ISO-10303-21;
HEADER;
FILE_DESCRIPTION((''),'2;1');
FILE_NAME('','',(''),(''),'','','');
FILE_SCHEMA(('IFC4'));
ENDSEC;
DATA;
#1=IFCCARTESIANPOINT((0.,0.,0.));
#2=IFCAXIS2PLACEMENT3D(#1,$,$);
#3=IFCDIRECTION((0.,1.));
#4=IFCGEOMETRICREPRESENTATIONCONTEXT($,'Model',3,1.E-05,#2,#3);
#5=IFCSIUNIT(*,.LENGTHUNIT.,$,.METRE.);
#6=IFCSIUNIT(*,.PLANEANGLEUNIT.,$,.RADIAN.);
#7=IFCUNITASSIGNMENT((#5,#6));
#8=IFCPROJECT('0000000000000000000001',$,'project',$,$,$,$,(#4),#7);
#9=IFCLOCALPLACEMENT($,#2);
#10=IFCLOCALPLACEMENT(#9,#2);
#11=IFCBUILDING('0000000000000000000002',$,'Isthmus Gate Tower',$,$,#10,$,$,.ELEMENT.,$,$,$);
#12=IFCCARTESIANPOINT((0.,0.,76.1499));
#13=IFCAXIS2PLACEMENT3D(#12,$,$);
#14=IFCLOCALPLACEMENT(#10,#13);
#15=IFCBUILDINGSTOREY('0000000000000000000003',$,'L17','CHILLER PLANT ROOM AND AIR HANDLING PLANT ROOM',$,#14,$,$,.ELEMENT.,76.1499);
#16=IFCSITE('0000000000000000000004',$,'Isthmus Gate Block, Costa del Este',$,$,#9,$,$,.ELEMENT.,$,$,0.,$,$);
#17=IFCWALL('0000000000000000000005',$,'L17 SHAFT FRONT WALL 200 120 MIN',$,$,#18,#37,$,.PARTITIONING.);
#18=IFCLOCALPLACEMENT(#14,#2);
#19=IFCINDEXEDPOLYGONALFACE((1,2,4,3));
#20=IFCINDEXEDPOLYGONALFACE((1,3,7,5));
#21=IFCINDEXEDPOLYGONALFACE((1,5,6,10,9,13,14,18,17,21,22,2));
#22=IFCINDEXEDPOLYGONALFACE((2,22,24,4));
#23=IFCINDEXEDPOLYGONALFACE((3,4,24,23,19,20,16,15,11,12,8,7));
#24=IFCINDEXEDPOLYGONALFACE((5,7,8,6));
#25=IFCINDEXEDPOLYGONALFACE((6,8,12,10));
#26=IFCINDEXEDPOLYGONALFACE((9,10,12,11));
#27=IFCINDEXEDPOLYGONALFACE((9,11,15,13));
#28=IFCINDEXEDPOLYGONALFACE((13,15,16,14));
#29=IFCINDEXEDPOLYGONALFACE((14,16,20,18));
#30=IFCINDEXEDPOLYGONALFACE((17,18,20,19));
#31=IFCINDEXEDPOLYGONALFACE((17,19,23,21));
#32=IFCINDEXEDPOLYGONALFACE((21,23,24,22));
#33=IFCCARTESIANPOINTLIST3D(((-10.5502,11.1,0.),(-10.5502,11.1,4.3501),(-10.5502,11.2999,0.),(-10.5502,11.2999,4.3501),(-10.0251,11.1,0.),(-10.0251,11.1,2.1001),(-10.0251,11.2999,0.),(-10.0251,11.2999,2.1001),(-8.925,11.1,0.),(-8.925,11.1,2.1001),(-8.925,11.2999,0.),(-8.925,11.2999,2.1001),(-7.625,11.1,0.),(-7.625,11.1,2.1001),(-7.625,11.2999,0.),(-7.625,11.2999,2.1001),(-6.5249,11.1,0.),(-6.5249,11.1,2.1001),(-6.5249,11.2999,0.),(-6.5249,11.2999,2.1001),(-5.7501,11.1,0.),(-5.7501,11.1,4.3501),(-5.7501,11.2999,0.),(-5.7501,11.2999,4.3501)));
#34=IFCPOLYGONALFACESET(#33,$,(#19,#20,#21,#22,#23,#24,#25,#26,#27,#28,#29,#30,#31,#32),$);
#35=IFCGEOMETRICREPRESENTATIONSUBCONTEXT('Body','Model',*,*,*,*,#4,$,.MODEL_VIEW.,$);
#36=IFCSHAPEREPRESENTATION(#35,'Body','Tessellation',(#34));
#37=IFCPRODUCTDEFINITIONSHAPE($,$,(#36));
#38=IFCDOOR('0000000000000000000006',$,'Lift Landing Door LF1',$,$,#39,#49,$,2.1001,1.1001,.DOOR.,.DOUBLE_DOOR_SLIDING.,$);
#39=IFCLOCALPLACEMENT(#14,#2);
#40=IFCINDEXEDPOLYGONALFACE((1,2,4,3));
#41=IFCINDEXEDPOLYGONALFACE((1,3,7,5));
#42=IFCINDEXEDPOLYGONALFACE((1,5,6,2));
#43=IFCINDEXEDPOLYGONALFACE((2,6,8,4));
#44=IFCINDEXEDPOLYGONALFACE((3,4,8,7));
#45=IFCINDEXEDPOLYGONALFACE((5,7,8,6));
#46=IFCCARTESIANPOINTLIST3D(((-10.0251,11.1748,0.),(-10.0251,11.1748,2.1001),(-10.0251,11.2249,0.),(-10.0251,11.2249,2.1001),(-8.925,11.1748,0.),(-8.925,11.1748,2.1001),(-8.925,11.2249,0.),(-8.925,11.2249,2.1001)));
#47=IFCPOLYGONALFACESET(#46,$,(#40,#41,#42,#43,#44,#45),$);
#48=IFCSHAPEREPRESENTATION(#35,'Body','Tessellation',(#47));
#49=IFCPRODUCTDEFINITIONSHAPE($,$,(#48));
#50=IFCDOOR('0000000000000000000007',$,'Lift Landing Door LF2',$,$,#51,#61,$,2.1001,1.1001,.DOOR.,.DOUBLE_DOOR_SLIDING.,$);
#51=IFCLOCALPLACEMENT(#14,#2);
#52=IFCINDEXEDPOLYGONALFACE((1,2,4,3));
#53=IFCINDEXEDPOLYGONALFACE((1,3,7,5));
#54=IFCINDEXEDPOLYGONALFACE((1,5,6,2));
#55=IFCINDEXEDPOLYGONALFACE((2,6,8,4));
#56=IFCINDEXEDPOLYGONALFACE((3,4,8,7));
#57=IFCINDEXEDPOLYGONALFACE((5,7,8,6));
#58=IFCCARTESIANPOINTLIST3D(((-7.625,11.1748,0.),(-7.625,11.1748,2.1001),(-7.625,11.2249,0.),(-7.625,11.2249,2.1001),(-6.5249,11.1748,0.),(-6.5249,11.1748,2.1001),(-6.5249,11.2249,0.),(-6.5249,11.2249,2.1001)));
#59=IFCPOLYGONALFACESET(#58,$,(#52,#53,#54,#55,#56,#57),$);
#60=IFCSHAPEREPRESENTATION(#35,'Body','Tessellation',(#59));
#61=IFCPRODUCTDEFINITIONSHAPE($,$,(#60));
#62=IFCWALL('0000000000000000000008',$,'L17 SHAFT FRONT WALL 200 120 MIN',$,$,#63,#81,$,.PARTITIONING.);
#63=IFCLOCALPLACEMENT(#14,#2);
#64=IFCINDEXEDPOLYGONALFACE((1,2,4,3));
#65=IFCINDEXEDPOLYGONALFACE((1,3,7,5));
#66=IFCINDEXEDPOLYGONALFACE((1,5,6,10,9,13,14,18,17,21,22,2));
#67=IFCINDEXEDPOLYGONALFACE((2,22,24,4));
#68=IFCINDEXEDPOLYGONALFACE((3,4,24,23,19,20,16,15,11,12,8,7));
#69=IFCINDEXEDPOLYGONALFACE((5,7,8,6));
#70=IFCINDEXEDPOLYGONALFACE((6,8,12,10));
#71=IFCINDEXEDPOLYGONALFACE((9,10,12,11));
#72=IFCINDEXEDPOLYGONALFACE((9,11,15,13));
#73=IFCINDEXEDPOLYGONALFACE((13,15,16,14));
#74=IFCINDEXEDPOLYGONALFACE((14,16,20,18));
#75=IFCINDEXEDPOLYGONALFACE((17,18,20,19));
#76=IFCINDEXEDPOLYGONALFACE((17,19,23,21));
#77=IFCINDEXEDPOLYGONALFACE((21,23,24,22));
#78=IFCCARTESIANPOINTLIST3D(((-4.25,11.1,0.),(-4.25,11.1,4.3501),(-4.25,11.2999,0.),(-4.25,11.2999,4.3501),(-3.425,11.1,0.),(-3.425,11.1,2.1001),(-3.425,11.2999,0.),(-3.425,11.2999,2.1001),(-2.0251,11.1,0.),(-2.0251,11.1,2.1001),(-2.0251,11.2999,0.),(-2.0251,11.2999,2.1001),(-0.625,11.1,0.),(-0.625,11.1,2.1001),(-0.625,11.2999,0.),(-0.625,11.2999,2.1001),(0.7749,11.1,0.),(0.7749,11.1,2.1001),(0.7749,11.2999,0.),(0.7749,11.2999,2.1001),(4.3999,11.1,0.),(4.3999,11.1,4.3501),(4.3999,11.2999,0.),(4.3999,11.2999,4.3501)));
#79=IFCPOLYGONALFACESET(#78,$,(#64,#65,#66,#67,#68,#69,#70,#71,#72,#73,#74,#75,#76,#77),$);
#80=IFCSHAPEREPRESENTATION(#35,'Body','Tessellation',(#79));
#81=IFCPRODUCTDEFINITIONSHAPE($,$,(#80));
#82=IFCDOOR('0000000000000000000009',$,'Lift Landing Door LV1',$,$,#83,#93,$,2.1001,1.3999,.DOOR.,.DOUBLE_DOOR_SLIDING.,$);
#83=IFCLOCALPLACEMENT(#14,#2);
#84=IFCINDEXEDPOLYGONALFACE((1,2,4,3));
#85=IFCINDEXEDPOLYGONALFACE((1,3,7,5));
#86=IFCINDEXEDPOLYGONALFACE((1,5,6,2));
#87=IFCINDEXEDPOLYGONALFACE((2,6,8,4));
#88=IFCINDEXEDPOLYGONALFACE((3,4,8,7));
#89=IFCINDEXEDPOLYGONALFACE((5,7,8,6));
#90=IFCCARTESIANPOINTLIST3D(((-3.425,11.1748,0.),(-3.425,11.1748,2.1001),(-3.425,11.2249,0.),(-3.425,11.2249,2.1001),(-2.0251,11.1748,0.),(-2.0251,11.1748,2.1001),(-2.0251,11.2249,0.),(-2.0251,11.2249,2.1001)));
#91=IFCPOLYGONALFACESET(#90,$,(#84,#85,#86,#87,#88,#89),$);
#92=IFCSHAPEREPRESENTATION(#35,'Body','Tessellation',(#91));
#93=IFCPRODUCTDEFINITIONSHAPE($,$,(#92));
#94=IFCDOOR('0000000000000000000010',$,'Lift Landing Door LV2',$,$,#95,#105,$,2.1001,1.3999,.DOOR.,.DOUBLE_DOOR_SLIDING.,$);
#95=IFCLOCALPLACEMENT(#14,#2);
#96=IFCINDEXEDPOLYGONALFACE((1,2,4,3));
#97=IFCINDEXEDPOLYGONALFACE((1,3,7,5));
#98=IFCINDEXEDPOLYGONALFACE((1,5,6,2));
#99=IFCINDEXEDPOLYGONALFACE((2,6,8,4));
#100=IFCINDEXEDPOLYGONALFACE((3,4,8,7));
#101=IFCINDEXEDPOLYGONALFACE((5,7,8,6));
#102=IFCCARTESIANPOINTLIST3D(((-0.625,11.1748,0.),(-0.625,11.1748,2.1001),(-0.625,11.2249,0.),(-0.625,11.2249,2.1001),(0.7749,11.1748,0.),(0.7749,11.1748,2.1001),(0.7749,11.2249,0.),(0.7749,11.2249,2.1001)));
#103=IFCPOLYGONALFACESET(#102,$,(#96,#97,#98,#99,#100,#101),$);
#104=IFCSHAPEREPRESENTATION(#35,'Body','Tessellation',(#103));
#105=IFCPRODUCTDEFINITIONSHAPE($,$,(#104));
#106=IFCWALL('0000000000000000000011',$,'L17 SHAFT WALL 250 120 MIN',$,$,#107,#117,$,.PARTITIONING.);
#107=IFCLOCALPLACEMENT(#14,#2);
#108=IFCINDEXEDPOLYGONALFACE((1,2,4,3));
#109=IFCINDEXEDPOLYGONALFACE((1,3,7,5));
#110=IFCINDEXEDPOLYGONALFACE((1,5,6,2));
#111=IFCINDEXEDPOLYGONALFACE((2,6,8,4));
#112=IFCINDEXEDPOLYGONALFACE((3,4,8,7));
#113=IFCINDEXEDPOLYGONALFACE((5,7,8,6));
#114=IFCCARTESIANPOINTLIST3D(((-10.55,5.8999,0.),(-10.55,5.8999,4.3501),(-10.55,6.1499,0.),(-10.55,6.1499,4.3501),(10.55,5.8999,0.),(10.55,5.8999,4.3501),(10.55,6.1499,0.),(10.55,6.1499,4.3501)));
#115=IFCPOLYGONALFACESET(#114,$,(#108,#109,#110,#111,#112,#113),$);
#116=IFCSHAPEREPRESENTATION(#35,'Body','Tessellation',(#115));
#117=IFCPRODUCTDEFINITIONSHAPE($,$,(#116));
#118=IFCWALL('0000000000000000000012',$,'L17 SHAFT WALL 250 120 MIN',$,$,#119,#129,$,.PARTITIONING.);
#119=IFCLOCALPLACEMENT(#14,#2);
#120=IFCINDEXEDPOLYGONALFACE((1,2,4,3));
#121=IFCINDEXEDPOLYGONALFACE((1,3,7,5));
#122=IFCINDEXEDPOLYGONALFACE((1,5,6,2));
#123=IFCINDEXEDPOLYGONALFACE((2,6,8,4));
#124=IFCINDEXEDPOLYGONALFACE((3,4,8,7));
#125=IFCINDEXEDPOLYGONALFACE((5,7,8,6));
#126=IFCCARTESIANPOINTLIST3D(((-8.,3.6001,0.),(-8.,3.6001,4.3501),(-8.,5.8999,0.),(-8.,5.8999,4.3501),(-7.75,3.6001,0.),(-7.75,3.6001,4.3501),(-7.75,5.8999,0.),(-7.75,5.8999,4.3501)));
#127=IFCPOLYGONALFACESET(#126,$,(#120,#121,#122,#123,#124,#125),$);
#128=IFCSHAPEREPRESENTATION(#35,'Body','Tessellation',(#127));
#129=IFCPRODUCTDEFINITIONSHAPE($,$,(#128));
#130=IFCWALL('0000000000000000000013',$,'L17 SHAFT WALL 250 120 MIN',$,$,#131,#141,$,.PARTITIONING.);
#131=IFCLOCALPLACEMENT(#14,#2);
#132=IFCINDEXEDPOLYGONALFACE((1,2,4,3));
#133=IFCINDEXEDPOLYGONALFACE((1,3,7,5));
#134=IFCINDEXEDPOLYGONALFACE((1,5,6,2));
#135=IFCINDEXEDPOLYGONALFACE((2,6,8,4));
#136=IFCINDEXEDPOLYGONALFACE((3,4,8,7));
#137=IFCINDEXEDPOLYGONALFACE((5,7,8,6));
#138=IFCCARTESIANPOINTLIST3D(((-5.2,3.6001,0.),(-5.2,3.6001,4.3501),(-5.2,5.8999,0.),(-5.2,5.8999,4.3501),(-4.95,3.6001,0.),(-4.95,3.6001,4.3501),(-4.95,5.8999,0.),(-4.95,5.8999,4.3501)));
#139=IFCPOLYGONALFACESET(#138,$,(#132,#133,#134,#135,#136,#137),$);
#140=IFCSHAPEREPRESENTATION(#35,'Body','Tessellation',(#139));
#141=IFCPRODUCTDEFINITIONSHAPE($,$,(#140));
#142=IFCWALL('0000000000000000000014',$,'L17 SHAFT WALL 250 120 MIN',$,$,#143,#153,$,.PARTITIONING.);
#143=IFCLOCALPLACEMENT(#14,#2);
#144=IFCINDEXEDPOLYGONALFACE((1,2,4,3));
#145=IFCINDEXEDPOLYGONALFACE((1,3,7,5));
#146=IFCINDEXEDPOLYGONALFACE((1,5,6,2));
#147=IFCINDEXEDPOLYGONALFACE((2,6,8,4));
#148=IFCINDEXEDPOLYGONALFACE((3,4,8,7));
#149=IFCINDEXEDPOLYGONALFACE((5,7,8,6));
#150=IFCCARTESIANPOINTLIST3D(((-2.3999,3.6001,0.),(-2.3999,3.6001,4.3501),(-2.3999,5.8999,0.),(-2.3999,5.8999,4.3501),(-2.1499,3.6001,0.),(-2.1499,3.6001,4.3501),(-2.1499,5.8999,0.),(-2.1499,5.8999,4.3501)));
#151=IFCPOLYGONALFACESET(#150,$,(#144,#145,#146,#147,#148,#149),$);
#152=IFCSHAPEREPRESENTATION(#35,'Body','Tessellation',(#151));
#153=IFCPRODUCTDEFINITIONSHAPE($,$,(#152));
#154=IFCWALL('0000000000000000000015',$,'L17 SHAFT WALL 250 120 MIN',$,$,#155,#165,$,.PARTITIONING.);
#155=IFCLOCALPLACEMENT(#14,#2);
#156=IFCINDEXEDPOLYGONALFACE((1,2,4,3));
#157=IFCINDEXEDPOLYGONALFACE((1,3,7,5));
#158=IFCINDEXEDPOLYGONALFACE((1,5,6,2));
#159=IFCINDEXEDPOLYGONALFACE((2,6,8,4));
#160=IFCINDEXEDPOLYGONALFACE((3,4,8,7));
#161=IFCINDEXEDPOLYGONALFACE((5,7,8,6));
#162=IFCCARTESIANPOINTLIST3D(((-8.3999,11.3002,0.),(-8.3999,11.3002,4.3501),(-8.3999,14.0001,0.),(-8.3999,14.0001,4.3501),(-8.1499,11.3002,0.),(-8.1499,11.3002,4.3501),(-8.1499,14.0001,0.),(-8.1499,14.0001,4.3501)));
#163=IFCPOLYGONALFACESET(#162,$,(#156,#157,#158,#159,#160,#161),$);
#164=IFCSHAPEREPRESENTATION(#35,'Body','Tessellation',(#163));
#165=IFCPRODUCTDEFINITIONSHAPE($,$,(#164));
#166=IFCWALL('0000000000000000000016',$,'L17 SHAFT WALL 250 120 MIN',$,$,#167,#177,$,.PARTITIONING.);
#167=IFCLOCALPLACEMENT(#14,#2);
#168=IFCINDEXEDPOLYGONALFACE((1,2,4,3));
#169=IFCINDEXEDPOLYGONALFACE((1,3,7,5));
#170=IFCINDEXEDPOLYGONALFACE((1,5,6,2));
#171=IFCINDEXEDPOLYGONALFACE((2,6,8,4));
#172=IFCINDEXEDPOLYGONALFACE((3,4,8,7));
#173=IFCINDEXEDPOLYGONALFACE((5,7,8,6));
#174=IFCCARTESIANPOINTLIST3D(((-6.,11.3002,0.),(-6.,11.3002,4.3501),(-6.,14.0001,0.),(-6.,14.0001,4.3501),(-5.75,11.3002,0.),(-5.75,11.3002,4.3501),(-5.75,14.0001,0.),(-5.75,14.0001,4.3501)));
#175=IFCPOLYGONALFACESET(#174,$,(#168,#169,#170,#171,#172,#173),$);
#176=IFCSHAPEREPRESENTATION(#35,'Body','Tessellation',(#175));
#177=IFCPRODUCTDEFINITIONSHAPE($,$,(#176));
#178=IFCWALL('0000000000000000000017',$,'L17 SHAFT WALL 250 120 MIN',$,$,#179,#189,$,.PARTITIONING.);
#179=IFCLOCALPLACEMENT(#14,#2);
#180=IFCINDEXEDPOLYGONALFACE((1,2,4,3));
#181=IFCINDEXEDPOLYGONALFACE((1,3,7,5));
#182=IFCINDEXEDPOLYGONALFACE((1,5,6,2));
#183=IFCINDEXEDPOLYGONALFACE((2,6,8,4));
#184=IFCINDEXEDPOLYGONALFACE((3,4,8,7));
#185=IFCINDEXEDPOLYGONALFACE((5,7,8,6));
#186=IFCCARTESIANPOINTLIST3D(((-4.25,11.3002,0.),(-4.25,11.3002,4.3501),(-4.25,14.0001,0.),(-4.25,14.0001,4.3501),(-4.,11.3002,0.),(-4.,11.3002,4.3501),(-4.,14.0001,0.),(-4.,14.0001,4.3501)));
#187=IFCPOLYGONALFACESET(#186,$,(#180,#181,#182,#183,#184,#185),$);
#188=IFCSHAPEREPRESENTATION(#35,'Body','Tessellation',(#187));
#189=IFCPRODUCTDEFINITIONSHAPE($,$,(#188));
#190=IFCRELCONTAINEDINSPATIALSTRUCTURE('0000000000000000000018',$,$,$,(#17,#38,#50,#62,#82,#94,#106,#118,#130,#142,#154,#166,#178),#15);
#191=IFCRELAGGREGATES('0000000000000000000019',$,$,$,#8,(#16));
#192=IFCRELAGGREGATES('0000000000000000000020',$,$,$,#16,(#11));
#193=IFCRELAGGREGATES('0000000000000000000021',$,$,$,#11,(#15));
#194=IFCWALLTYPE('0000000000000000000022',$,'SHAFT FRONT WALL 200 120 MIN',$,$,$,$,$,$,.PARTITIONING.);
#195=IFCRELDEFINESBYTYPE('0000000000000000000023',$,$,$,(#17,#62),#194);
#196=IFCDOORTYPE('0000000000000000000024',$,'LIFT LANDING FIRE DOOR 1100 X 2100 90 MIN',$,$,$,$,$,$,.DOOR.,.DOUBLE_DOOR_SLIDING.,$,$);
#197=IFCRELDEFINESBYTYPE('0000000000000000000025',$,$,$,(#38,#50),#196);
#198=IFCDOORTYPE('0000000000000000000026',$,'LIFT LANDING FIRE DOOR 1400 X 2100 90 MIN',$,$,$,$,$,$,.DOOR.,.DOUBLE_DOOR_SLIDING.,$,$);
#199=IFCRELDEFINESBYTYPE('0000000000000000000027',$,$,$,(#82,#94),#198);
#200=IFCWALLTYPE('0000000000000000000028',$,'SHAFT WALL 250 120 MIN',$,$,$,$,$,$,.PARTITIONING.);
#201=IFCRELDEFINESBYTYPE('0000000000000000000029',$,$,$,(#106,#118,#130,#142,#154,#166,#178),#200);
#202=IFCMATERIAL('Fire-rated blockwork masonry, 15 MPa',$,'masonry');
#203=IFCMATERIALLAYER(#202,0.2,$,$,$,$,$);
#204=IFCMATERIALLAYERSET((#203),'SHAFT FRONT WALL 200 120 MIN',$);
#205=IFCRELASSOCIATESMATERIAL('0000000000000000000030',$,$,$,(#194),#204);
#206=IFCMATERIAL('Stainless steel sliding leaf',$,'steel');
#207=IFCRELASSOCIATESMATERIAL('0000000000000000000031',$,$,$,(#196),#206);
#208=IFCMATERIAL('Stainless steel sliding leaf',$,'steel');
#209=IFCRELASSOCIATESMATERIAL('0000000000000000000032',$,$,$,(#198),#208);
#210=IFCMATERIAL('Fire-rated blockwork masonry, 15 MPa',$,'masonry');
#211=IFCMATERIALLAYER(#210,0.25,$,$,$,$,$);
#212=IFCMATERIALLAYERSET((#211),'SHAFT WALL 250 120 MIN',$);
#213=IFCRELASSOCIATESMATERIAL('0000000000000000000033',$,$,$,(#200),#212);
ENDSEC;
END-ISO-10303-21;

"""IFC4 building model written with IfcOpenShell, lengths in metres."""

from ifc_helpers import new_model, si_unit, direction, frame, frame_2d, origin, place, context, subcontext, project, spatial, rectangle, extrude, material, layer, layer_set, type_object, element, fill, save


model = new_model("IFC4")

# Units and contexts
model_context = context("Model", 3, precision=1e-05, world=origin(), true_north=direction((0.0, 1.0)))
body_context = subcontext(model_context, "Body", "Model", "MODEL_VIEW")
ifc_project = project(units=[si_unit("LENGTHUNIT", "METRE"), si_unit("PLANEANGLEUNIT", "RADIAN")], contexts=[model_context])

# Site, building, storey
site_placement = place(None, origin())
site = spatial("IfcSite", under=ifc_project, at=site_placement, Name="Isthmus Gate Block, Costa del Este", CompositionType="ELEMENT", RefElevation=0.0)
building_placement = place(site_placement, origin())
building = spatial("IfcBuilding", under=site, at=building_placement, Name="Isthmus Gate Tower", CompositionType="ELEMENT")
storey_placement = place(building_placement, frame((0.0, 0.0, 76.1499)))
storey = spatial("IfcBuildingStorey", under=building, at=storey_placement, Name="L17", Description="CHILLER PLANT ROOM AND AIR HANDLING PLANT ROOM", CompositionType="ELEMENT", Elevation=76.1499)

# Shared definitions
ifc_material_1 = material(Name="Fire-rated blockwork masonry, 15 MPa", Category="masonry")
ifc_layer_1 = layer(ifc_material_1, 0.2)
ifc_layer_set_1 = layer_set([ifc_layer_1], Name="SHAFT FRONT WALL 200 120 MIN")
wall_type_1 = type_object("IfcWallType", Name="SHAFT FRONT WALL 200 120 MIN", PredefinedType="PARTITIONING", material=ifc_layer_set_1)

# Walls, openings, doors
wall_1_placement = place(storey_placement, frame((-10.55, 11.2, 0.0), z_axis=(0.0, 0.0, 1.0), x_axis=(1.0, 0.0, 0.0)))
wall_1 = element("IfcWall", 1, at=wall_1_placement, inside=storey, type_object=wall_type_1, Name="L17 SHAFT FRONT WALL 200 120 MIN", PredefinedType="PARTITIONING", context=body_context, shape_type="SweptSolid", body=[
    extrude(rectangle(XDim=4.8, YDim=0.2, at=frame_2d((2.3999, 0.0))), origin(), (0.0, 0.0, 1.0), 4.3501),
])
opening_1_placement = place(wall_1_placement, frame((0.5249, 0.0, 0.0)))
opening_1 = element("IfcOpeningElement", 2, at=opening_1_placement, cuts=wall_1, PredefinedType="OPENING", context=body_context, shape_type="SweptSolid", body=[
    extrude(rectangle(XDim=1.1001, YDim=2.1001, at=frame_2d((0.55, 1.05))), frame((0.0, 0.1099, 0.0), z_axis=(0.0, -1.0, 0.0), x_axis=(1.0, 0.0, 0.0)), (0.0, 0.0, 1.0), 0.22),
])
opening_2_placement = place(wall_1_placement, frame((2.925, 0.0, 0.0)))
opening_2 = element("IfcOpeningElement", 3, at=opening_2_placement, cuts=wall_1, PredefinedType="OPENING", context=body_context, shape_type="SweptSolid", body=[
    extrude(rectangle(XDim=1.1001, YDim=2.1001, at=frame_2d((0.55, 1.05))), frame((0.0, 0.1099, 0.0), z_axis=(0.0, -1.0, 0.0), x_axis=(1.0, 0.0, 0.0)), (0.0, 0.0, 1.0), 0.22),
])
ifc_material_2 = material(Name="Stainless steel sliding leaf", Category="steel")
door_type_1 = type_object("IfcDoorType", Name="LIFT LANDING FIRE DOOR 1100 X 2100 90 MIN", OperationType="DOUBLE_DOOR_SLIDING", PredefinedType="DOOR", material=ifc_material_2)
door_1_placement = place(opening_1_placement, origin())
door_1 = element("IfcDoor", 4, at=door_1_placement, inside=storey, type_object=door_type_1, Name="Lift Landing Door LF1", OperationType="DOUBLE_DOOR_SLIDING", OverallHeight=2.1001, OverallWidth=1.1001, PredefinedType="DOOR", context=body_context, shape_type="SweptSolid", body=[
    extrude(rectangle(XDim=1.1001, YDim=2.1001, at=frame_2d((0.55, 1.05))), frame((0.0, 0.0249, 0.0), z_axis=(0.0, -1.0, 0.0), x_axis=(1.0, 0.0, 0.0)), (0.0, 0.0, 1.0), 0.05),
])
fill(opening_1, door_1)
door_2_placement = place(opening_2_placement, origin())
door_2 = element("IfcDoor", 5, at=door_2_placement, inside=storey, type_object=door_type_1, Name="Lift Landing Door LF2", OperationType="DOUBLE_DOOR_SLIDING", OverallHeight=2.1001, OverallWidth=1.1001, PredefinedType="DOOR", context=body_context, shape_type="SweptSolid", body=[
    extrude(rectangle(XDim=1.1001, YDim=2.1001, at=frame_2d((0.55, 1.05))), frame((0.0, 0.0249, 0.0), z_axis=(0.0, -1.0, 0.0), x_axis=(1.0, 0.0, 0.0)), (0.0, 0.0, 1.0), 0.05),
])
fill(opening_2, door_2)
wall_2_placement = place(storey_placement, frame((-4.25, 11.2, 0.0), z_axis=(0.0, 0.0, 1.0), x_axis=(1.0, 0.0, 0.0)))
wall_2 = element("IfcWall", 6, at=wall_2_placement, inside=storey, type_object=wall_type_1, Name="L17 SHAFT FRONT WALL 200 120 MIN", PredefinedType="PARTITIONING", context=body_context, shape_type="SweptSolid", body=[
    extrude(rectangle(XDim=8.6499, YDim=0.2, at=frame_2d((4.325, 0.0))), origin(), (0.0, 0.0, 1.0), 4.3501),
])
opening_3_placement = place(wall_2_placement, frame((0.825, 0.0, 0.0)))
opening_3 = element("IfcOpeningElement", 7, at=opening_3_placement, cuts=wall_2, PredefinedType="OPENING", context=body_context, shape_type="SweptSolid", body=[
    extrude(rectangle(XDim=1.3999, YDim=2.1001, at=frame_2d((0.7, 1.05))), frame((0.0, 0.1099, 0.0), z_axis=(0.0, -1.0, 0.0), x_axis=(1.0, 0.0, 0.0)), (0.0, 0.0, 1.0), 0.22),
])
opening_4_placement = place(wall_2_placement, frame((3.625, 0.0, 0.0)))
opening_4 = element("IfcOpeningElement", 8, at=opening_4_placement, cuts=wall_2, PredefinedType="OPENING", context=body_context, shape_type="SweptSolid", body=[
    extrude(rectangle(XDim=1.3999, YDim=2.1001, at=frame_2d((0.7, 1.05))), frame((0.0, 0.1099, 0.0), z_axis=(0.0, -1.0, 0.0), x_axis=(1.0, 0.0, 0.0)), (0.0, 0.0, 1.0), 0.22),
])
ifc_material_3 = material(Name="Stainless steel sliding leaf", Category="steel")
door_type_2 = type_object("IfcDoorType", Name="LIFT LANDING FIRE DOOR 1400 X 2100 90 MIN", OperationType="DOUBLE_DOOR_SLIDING", PredefinedType="DOOR", material=ifc_material_3)
door_3_placement = place(opening_3_placement, origin())
door_3 = element("IfcDoor", 9, at=door_3_placement, inside=storey, type_object=door_type_2, Name="Lift Landing Door LV1", OperationType="DOUBLE_DOOR_SLIDING", OverallHeight=2.1001, OverallWidth=1.3999, PredefinedType="DOOR", context=body_context, shape_type="SweptSolid", body=[
    extrude(rectangle(XDim=1.3999, YDim=2.1001, at=frame_2d((0.7, 1.05))), frame((0.0, 0.0249, 0.0), z_axis=(0.0, -1.0, 0.0), x_axis=(1.0, 0.0, 0.0)), (0.0, 0.0, 1.0), 0.05),
])
fill(opening_3, door_3)
door_4_placement = place(opening_4_placement, origin())
door_4 = element("IfcDoor", 10, at=door_4_placement, inside=storey, type_object=door_type_2, Name="Lift Landing Door LV2", OperationType="DOUBLE_DOOR_SLIDING", OverallHeight=2.1001, OverallWidth=1.3999, PredefinedType="DOOR", context=body_context, shape_type="SweptSolid", body=[
    extrude(rectangle(XDim=1.3999, YDim=2.1001, at=frame_2d((0.7, 1.05))), frame((0.0, 0.0249, 0.0), z_axis=(0.0, -1.0, 0.0), x_axis=(1.0, 0.0, 0.0)), (0.0, 0.0, 1.0), 0.05),
])
fill(opening_4, door_4)

# Walls
ifc_material_4 = material(Name="Fire-rated blockwork masonry, 15 MPa", Category="masonry")
ifc_layer_2 = layer(ifc_material_4, 0.25)
ifc_layer_set_2 = layer_set([ifc_layer_2], Name="SHAFT WALL 250 120 MIN")
wall_type_2 = type_object("IfcWallType", Name="SHAFT WALL 250 120 MIN", PredefinedType="PARTITIONING", material=ifc_layer_set_2)
wall_3_placement = place(storey_placement, frame((-10.55, 6.0249, 0.0), z_axis=(0.0, 0.0, 1.0), x_axis=(1.0, 0.0, 0.0)))
element("IfcWall", 11, at=wall_3_placement, inside=storey, type_object=wall_type_2, Name="L17 SHAFT WALL 250 120 MIN", PredefinedType="PARTITIONING", context=body_context, shape_type="SweptSolid", body=[
    extrude(rectangle(XDim=21.1001, YDim=0.25, at=frame_2d((10.55, 0.0))), origin(), (0.0, 0.0, 1.0), 4.3501),
])
for number, where, z_axis, x_axis, name in (
    (12, (-7.875, 3.6001, 0.0), (0.0, 0.0, 1.0), (0.0, 1.0, 0.0), "L17 SHAFT WALL 250 120 MIN"),
    (13, (-5.075, 3.6001, 0.0), (0.0, 0.0, 1.0), (0.0, 1.0, 0.0), "L17 SHAFT WALL 250 120 MIN"),
    (14, (-2.2749, 3.6001, 0.0), (0.0, 0.0, 1.0), (0.0, 1.0, 0.0), "L17 SHAFT WALL 250 120 MIN"),
):
    element("IfcWall", number, at=place(storey_placement, frame(where, z_axis=z_axis, x_axis=x_axis)), inside=storey, type_object=wall_type_2, Name=name, PredefinedType="PARTITIONING", context=body_context, shape_type="SweptSolid", body=[
        extrude(rectangle(XDim=2.2998, YDim=0.25, at=frame_2d((1.1499, 0.0))), origin(), (0.0, 0.0, 1.0), 4.3501),
    ])
for number, where, z_axis, x_axis, name in (
    (15, (-8.2749, 11.3, 0.0), (0.0, 0.0, 1.0), (0.0, 1.0, 0.0), "L17 SHAFT WALL 250 120 MIN"),
    (16, (-5.875, 11.3, 0.0), (0.0, 0.0, 1.0), (0.0, 1.0, 0.0), "L17 SHAFT WALL 250 120 MIN"),
    (17, (-4.125, 11.3, 0.0), (0.0, 0.0, 1.0), (0.0, 1.0, 0.0), "L17 SHAFT WALL 250 120 MIN"),
):
    element("IfcWall", number, at=place(storey_placement, frame(where, z_axis=z_axis, x_axis=x_axis)), inside=storey, type_object=wall_type_2, Name=name, PredefinedType="PARTITIONING", context=body_context, shape_type="SweptSolid", body=[
        extrude(rectangle(XDim=2.7, YDim=0.25, at=frame_2d((1.3501, 0.0))), origin(), (0.0, 0.0, 1.0), 4.3501),
    ])

save(model, "model.ifc")
